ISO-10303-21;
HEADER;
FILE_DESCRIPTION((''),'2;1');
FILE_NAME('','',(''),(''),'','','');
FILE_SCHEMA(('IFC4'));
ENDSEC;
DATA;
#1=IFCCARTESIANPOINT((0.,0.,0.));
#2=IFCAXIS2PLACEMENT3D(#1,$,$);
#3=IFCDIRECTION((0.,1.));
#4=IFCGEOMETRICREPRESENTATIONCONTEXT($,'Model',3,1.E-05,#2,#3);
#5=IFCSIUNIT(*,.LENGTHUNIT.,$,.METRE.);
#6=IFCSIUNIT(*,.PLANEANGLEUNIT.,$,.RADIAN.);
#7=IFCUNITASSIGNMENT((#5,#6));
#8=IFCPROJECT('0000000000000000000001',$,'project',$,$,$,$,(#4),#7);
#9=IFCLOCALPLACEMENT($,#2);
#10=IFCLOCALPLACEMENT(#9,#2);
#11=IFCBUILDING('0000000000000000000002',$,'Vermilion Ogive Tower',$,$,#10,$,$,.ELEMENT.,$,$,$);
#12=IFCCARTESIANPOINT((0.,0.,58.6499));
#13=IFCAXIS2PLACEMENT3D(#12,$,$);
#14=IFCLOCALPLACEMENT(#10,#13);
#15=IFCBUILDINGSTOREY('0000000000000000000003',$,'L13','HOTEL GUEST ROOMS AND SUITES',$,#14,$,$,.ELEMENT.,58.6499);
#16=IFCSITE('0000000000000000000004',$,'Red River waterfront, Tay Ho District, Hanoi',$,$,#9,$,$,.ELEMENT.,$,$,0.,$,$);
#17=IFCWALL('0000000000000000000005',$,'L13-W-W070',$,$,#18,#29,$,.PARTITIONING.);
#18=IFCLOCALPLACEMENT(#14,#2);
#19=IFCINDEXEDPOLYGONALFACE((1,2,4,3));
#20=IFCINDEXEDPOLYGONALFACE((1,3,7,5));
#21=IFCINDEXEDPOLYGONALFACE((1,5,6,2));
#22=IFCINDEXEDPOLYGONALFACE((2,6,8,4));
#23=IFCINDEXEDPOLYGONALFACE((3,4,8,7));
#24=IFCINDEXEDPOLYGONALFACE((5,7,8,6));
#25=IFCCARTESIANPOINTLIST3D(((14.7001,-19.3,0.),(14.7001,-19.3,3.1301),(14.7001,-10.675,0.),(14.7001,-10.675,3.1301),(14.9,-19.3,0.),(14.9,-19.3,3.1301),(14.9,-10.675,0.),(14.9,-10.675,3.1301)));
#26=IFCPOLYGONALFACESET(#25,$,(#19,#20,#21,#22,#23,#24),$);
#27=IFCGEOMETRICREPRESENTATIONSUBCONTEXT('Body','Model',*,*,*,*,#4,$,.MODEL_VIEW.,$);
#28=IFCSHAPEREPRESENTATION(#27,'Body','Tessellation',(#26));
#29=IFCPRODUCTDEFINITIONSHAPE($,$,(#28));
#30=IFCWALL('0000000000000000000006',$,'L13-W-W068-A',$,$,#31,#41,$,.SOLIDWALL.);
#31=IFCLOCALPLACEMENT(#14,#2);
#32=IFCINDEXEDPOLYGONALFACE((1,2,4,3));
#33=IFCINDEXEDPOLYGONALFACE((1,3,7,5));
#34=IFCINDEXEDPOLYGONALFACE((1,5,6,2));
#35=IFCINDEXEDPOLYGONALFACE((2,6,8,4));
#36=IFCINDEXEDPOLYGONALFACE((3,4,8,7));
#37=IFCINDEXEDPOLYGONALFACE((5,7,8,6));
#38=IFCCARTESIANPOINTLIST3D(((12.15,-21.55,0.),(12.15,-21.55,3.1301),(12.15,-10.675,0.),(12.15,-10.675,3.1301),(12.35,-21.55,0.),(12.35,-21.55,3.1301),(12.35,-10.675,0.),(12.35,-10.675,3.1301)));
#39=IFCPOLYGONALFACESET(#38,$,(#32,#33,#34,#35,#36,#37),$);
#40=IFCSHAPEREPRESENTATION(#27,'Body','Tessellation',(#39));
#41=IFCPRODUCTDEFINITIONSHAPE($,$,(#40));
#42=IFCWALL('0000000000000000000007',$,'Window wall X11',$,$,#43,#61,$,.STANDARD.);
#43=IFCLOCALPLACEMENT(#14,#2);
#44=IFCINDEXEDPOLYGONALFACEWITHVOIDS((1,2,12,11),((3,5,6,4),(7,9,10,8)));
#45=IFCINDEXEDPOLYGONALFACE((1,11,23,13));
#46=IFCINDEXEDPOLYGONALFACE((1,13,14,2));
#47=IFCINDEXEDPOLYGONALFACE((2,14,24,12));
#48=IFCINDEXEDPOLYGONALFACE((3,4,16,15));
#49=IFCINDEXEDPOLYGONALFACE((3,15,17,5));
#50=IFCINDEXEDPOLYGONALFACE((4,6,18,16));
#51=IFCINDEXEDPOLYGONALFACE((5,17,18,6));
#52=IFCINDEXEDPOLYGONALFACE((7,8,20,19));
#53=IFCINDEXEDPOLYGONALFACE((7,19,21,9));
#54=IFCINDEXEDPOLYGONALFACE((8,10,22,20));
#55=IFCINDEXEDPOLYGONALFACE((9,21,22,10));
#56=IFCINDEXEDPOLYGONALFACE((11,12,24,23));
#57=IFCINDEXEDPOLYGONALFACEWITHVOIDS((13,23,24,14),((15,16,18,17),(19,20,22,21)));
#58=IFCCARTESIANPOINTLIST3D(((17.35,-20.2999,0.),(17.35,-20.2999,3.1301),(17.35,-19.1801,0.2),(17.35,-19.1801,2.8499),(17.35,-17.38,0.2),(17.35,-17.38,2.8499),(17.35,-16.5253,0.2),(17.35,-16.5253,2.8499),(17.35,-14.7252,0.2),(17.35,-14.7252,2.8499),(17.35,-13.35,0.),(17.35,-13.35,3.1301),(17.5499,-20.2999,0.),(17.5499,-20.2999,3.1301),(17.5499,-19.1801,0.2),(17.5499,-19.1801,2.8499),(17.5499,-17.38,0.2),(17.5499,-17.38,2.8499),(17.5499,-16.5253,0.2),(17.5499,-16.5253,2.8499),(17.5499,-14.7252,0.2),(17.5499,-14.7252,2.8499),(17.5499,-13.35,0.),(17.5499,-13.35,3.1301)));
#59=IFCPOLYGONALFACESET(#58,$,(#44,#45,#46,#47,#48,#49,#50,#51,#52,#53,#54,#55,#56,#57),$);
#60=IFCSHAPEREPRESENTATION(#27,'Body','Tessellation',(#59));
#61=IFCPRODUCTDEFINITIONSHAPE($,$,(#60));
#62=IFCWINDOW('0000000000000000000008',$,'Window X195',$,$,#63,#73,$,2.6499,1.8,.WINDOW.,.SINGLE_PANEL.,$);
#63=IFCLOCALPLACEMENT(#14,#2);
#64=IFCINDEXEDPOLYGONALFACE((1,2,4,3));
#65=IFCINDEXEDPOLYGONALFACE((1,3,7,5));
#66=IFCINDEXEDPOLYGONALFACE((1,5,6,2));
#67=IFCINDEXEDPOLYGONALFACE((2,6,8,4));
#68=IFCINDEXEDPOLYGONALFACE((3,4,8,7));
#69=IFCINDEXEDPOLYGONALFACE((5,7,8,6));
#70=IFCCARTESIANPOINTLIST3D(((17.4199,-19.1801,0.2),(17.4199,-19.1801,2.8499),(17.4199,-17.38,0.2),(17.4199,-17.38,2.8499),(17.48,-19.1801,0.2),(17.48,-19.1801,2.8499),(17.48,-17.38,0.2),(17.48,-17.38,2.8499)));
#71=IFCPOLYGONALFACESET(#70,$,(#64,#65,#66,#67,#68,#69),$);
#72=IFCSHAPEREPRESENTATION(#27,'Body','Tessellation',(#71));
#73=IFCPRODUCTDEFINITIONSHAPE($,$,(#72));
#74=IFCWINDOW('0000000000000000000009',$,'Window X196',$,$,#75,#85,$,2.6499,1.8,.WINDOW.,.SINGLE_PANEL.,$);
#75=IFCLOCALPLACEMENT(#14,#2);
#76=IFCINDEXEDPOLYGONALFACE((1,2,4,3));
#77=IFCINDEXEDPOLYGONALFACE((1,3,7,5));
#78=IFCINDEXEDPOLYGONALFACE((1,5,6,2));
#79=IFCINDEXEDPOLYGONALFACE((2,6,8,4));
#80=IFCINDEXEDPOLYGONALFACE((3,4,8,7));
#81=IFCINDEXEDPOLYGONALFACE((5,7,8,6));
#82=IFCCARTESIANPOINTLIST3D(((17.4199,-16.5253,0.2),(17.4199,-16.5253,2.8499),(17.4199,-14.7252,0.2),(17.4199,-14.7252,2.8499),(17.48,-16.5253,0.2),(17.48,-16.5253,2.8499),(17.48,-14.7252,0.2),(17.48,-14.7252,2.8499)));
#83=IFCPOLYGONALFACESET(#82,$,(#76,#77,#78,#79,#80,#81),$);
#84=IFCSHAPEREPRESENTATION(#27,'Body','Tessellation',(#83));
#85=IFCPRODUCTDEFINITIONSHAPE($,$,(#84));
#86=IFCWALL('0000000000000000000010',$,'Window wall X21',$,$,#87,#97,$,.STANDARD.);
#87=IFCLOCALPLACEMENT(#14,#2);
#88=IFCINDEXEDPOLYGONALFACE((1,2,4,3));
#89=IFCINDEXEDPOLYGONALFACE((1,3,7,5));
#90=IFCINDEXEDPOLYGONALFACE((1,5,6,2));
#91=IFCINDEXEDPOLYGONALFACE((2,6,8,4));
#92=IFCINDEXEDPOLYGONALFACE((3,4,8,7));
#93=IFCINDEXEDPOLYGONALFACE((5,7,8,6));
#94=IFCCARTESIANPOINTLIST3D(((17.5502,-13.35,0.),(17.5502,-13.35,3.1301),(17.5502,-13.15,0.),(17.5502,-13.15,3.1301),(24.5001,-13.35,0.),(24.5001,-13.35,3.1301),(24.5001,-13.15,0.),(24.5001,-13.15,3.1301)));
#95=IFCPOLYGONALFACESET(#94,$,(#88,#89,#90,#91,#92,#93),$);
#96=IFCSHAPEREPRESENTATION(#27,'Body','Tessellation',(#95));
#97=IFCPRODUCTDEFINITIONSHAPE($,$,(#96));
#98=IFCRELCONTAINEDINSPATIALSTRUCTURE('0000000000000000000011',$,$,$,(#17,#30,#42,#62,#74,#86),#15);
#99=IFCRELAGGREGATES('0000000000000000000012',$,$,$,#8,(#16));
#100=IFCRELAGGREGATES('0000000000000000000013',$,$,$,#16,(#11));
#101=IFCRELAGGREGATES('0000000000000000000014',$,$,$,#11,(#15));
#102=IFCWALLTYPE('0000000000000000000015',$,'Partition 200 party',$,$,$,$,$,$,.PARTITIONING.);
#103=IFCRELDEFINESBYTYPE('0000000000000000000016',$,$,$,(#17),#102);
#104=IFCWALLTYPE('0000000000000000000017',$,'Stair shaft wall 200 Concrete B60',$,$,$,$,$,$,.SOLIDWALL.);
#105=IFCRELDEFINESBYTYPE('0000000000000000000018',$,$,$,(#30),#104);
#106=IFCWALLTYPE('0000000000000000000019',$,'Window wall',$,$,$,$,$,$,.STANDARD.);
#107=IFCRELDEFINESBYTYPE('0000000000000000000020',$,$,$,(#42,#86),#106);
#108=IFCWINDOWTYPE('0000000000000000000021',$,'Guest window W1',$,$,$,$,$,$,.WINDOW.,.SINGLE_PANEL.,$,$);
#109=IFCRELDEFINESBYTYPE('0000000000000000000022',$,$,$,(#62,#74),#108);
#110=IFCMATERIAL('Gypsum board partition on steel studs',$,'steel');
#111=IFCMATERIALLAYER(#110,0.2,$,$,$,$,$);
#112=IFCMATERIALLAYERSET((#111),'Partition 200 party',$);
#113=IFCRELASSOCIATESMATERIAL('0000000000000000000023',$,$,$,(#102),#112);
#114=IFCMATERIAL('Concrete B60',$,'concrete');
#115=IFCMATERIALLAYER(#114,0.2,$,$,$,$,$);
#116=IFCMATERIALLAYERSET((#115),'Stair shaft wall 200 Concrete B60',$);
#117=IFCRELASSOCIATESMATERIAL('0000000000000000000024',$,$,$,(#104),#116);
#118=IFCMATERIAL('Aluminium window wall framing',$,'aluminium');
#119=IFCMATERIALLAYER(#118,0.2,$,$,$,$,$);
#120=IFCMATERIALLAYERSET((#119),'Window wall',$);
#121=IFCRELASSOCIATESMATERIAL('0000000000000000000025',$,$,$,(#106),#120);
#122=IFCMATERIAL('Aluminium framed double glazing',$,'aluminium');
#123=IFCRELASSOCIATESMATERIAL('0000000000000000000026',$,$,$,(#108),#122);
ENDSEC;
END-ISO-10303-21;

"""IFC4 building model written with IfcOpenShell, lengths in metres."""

from ifc_helpers import new_model, si_unit, direction, frame, frame_2d, origin, place, context, subcontext, project, spatial, rectangle, extrude, material, layer, layer_set, type_object, element, fill, save


model = new_model("IFC4")

# Units and contexts
model_context = context("Model", 3, precision=1e-05, world=origin(), true_north=direction((0.0, 1.0)))
body_context = subcontext(model_context, "Body", "Model", "MODEL_VIEW")
ifc_project = project(units=[si_unit("LENGTHUNIT", "METRE"), si_unit("PLANEANGLEUNIT", "RADIAN")], contexts=[model_context])

# Site, building, storey
site_placement = place(None, origin())
site = spatial("IfcSite", under=ifc_project, at=site_placement, Name="Red River waterfront, Tay Ho District, Hanoi", CompositionType="ELEMENT", RefElevation=0.0)
building_placement = place(site_placement, origin())
building = spatial("IfcBuilding", under=site, at=building_placement, Name="Vermilion Ogive Tower", CompositionType="ELEMENT")
storey_placement = place(building_placement, frame((0.0, 0.0, 58.6499)))
storey = spatial("IfcBuildingStorey", under=building, at=storey_placement, Name="L13", Description="HOTEL GUEST ROOMS AND SUITES", CompositionType="ELEMENT", Elevation=58.6499)

# Walls
ifc_material_1 = material(Name="Gypsum board partition on steel studs", Category="steel")
ifc_layer_1 = layer(ifc_material_1, 0.2)
ifc_layer_set_1 = layer_set([ifc_layer_1], Name="Partition 200 party")
wall_type_1 = type_object("IfcWallType", Name="Partition 200 party", PredefinedType="PARTITIONING", material=ifc_layer_set_1)
wall_1_placement = place(storey_placement, frame((14.8, -19.3, 0.0), z_axis=(0.0, 0.0, 1.0), x_axis=(0.0, 1.0, 0.0)))
element("IfcWall", 1, at=wall_1_placement, inside=storey, type_object=wall_type_1, Name="L13-W-W070", PredefinedType="PARTITIONING", context=body_context, shape_type="SweptSolid", body=[
    extrude(rectangle(XDim=8.625, YDim=0.2, at=frame_2d((4.3125, 0.0))), origin(), (0.0, 0.0, 1.0), 3.1301),
])
ifc_material_2 = material(Name="Concrete B60", Category="concrete")
ifc_layer_2 = layer(ifc_material_2, 0.2)
ifc_layer_set_2 = layer_set([ifc_layer_2], Name="Stair shaft wall 200 Concrete B60")
wall_type_2 = type_object("IfcWallType", Name="Stair shaft wall 200 Concrete B60", PredefinedType="SOLIDWALL", material=ifc_layer_set_2)
wall_2_placement = place(storey_placement, frame((12.25, -21.55, 0.0), z_axis=(0.0, 0.0, 1.0), x_axis=(0.0, 1.0, 0.0)))
element("IfcWall", 2, at=wall_2_placement, inside=storey, type_object=wall_type_2, Name="L13-W-W068-A", PredefinedType="SOLIDWALL", context=body_context, shape_type="SweptSolid", body=[
    extrude(rectangle(XDim=10.875, YDim=0.2, at=frame_2d((5.4375, 0.0))), origin(), (0.0, 0.0, 1.0), 3.1301),
])

# Wall, openings, windows
ifc_material_3 = material(Name="Aluminium window wall framing", Category="aluminium")
ifc_layer_3 = layer(ifc_material_3, 0.2)
ifc_layer_set_3 = layer_set([ifc_layer_3], Name="Window wall")
wall_type_3 = type_object("IfcWallType", Name="Window wall", PredefinedType="STANDARD", material=ifc_layer_set_3)
wall_3_placement = place(storey_placement, frame((17.45, -20.3, 0.0), z_axis=(0.0, 0.0, 1.0), x_axis=(0.0, 1.0, 0.0)))
wall_3 = element("IfcWall", 3, at=wall_3_placement, inside=storey, type_object=wall_type_3, Name="Window wall X11", PredefinedType="STANDARD", context=body_context, shape_type="SweptSolid", body=[
    extrude(rectangle(XDim=6.95, YDim=0.2, at=frame_2d((3.4751, 0.0))), origin(), (0.0, 0.0, 1.0), 3.1301),
])
opening_1_placement = place(wall_3_placement, frame((1.1201, 0.0, 0.2)))
opening_1 = element("IfcOpeningElement", 4, at=opening_1_placement, cuts=wall_3, PredefinedType="OPENING", context=body_context, shape_type="SweptSolid", body=[
    extrude(rectangle(XDim=1.8, YDim=2.6499, at=frame_2d((0.8999, 1.325))), frame((0.0, 0.1099, 0.0), z_axis=(0.0, -1.0, 0.0), x_axis=(1.0, 0.0, 0.0)), (0.0, 0.0, 1.0), 0.22),
])
opening_2_placement = place(wall_3_placement, frame((3.7749, 0.0, 0.2)))
opening_2 = element("IfcOpeningElement", 5, at=opening_2_placement, cuts=wall_3, PredefinedType="OPENING", context=body_context, shape_type="SweptSolid", body=[
    extrude(rectangle(XDim=1.8, YDim=2.6499, at=frame_2d((0.8999, 1.325))), frame((0.0, 0.1099, 0.0), z_axis=(0.0, -1.0, 0.0), x_axis=(1.0, 0.0, 0.0)), (0.0, 0.0, 1.0), 0.22),
])
ifc_material_4 = material(Name="Aluminium framed double glazing", Category="aluminium")
window_type = type_object("IfcWindowType", Name="Guest window W1", PartitioningType="SINGLE_PANEL", PredefinedType="WINDOW", material=ifc_material_4)
window_1_placement = place(opening_1_placement, origin())
window_1 = element("IfcWindow", 6, at=window_1_placement, inside=storey, type_object=window_type, Name="Window X195", OverallHeight=2.6499, OverallWidth=1.8, PartitioningType="SINGLE_PANEL", PredefinedType="WINDOW", context=body_context, shape_type="SweptSolid", body=[
    extrude(rectangle(XDim=1.8, YDim=2.6499, at=frame_2d((0.8999, 1.325))), frame((0.0, 0.03, 0.0), z_axis=(0.0, -1.0, 0.0), x_axis=(1.0, 0.0, 0.0)), (0.0, 0.0, 1.0), 0.0601),
])
fill(opening_1, window_1)
window_2_placement = place(opening_2_placement, origin())
window_2 = element("IfcWindow", 7, at=window_2_placement, inside=storey, type_object=window_type, Name="Window X196", OverallHeight=2.6499, OverallWidth=1.8, PartitioningType="SINGLE_PANEL", PredefinedType="WINDOW", context=body_context, shape_type="SweptSolid", body=[
    extrude(rectangle(XDim=1.8, YDim=2.6499, at=frame_2d((0.8999, 1.325))), frame((0.0, 0.03, 0.0), z_axis=(0.0, -1.0, 0.0), x_axis=(1.0, 0.0, 0.0)), (0.0, 0.0, 1.0), 0.0601),
])
fill(opening_2, window_2)

# Wall
wall_4_placement = place(storey_placement, frame((17.55, -13.25, 0.0), z_axis=(0.0, 0.0, 1.0), x_axis=(1.0, 0.0, 0.0)))
element("IfcWall", 8, at=wall_4_placement, inside=storey, type_object=wall_type_3, Name="Window wall X21", PredefinedType="STANDARD", context=body_context, shape_type="SweptSolid", body=[
    extrude(rectangle(XDim=6.95, YDim=0.2, at=frame_2d((3.4751, 0.0))), origin(), (0.0, 0.0, 1.0), 3.1301),
])

save(model, "model.ifc")
